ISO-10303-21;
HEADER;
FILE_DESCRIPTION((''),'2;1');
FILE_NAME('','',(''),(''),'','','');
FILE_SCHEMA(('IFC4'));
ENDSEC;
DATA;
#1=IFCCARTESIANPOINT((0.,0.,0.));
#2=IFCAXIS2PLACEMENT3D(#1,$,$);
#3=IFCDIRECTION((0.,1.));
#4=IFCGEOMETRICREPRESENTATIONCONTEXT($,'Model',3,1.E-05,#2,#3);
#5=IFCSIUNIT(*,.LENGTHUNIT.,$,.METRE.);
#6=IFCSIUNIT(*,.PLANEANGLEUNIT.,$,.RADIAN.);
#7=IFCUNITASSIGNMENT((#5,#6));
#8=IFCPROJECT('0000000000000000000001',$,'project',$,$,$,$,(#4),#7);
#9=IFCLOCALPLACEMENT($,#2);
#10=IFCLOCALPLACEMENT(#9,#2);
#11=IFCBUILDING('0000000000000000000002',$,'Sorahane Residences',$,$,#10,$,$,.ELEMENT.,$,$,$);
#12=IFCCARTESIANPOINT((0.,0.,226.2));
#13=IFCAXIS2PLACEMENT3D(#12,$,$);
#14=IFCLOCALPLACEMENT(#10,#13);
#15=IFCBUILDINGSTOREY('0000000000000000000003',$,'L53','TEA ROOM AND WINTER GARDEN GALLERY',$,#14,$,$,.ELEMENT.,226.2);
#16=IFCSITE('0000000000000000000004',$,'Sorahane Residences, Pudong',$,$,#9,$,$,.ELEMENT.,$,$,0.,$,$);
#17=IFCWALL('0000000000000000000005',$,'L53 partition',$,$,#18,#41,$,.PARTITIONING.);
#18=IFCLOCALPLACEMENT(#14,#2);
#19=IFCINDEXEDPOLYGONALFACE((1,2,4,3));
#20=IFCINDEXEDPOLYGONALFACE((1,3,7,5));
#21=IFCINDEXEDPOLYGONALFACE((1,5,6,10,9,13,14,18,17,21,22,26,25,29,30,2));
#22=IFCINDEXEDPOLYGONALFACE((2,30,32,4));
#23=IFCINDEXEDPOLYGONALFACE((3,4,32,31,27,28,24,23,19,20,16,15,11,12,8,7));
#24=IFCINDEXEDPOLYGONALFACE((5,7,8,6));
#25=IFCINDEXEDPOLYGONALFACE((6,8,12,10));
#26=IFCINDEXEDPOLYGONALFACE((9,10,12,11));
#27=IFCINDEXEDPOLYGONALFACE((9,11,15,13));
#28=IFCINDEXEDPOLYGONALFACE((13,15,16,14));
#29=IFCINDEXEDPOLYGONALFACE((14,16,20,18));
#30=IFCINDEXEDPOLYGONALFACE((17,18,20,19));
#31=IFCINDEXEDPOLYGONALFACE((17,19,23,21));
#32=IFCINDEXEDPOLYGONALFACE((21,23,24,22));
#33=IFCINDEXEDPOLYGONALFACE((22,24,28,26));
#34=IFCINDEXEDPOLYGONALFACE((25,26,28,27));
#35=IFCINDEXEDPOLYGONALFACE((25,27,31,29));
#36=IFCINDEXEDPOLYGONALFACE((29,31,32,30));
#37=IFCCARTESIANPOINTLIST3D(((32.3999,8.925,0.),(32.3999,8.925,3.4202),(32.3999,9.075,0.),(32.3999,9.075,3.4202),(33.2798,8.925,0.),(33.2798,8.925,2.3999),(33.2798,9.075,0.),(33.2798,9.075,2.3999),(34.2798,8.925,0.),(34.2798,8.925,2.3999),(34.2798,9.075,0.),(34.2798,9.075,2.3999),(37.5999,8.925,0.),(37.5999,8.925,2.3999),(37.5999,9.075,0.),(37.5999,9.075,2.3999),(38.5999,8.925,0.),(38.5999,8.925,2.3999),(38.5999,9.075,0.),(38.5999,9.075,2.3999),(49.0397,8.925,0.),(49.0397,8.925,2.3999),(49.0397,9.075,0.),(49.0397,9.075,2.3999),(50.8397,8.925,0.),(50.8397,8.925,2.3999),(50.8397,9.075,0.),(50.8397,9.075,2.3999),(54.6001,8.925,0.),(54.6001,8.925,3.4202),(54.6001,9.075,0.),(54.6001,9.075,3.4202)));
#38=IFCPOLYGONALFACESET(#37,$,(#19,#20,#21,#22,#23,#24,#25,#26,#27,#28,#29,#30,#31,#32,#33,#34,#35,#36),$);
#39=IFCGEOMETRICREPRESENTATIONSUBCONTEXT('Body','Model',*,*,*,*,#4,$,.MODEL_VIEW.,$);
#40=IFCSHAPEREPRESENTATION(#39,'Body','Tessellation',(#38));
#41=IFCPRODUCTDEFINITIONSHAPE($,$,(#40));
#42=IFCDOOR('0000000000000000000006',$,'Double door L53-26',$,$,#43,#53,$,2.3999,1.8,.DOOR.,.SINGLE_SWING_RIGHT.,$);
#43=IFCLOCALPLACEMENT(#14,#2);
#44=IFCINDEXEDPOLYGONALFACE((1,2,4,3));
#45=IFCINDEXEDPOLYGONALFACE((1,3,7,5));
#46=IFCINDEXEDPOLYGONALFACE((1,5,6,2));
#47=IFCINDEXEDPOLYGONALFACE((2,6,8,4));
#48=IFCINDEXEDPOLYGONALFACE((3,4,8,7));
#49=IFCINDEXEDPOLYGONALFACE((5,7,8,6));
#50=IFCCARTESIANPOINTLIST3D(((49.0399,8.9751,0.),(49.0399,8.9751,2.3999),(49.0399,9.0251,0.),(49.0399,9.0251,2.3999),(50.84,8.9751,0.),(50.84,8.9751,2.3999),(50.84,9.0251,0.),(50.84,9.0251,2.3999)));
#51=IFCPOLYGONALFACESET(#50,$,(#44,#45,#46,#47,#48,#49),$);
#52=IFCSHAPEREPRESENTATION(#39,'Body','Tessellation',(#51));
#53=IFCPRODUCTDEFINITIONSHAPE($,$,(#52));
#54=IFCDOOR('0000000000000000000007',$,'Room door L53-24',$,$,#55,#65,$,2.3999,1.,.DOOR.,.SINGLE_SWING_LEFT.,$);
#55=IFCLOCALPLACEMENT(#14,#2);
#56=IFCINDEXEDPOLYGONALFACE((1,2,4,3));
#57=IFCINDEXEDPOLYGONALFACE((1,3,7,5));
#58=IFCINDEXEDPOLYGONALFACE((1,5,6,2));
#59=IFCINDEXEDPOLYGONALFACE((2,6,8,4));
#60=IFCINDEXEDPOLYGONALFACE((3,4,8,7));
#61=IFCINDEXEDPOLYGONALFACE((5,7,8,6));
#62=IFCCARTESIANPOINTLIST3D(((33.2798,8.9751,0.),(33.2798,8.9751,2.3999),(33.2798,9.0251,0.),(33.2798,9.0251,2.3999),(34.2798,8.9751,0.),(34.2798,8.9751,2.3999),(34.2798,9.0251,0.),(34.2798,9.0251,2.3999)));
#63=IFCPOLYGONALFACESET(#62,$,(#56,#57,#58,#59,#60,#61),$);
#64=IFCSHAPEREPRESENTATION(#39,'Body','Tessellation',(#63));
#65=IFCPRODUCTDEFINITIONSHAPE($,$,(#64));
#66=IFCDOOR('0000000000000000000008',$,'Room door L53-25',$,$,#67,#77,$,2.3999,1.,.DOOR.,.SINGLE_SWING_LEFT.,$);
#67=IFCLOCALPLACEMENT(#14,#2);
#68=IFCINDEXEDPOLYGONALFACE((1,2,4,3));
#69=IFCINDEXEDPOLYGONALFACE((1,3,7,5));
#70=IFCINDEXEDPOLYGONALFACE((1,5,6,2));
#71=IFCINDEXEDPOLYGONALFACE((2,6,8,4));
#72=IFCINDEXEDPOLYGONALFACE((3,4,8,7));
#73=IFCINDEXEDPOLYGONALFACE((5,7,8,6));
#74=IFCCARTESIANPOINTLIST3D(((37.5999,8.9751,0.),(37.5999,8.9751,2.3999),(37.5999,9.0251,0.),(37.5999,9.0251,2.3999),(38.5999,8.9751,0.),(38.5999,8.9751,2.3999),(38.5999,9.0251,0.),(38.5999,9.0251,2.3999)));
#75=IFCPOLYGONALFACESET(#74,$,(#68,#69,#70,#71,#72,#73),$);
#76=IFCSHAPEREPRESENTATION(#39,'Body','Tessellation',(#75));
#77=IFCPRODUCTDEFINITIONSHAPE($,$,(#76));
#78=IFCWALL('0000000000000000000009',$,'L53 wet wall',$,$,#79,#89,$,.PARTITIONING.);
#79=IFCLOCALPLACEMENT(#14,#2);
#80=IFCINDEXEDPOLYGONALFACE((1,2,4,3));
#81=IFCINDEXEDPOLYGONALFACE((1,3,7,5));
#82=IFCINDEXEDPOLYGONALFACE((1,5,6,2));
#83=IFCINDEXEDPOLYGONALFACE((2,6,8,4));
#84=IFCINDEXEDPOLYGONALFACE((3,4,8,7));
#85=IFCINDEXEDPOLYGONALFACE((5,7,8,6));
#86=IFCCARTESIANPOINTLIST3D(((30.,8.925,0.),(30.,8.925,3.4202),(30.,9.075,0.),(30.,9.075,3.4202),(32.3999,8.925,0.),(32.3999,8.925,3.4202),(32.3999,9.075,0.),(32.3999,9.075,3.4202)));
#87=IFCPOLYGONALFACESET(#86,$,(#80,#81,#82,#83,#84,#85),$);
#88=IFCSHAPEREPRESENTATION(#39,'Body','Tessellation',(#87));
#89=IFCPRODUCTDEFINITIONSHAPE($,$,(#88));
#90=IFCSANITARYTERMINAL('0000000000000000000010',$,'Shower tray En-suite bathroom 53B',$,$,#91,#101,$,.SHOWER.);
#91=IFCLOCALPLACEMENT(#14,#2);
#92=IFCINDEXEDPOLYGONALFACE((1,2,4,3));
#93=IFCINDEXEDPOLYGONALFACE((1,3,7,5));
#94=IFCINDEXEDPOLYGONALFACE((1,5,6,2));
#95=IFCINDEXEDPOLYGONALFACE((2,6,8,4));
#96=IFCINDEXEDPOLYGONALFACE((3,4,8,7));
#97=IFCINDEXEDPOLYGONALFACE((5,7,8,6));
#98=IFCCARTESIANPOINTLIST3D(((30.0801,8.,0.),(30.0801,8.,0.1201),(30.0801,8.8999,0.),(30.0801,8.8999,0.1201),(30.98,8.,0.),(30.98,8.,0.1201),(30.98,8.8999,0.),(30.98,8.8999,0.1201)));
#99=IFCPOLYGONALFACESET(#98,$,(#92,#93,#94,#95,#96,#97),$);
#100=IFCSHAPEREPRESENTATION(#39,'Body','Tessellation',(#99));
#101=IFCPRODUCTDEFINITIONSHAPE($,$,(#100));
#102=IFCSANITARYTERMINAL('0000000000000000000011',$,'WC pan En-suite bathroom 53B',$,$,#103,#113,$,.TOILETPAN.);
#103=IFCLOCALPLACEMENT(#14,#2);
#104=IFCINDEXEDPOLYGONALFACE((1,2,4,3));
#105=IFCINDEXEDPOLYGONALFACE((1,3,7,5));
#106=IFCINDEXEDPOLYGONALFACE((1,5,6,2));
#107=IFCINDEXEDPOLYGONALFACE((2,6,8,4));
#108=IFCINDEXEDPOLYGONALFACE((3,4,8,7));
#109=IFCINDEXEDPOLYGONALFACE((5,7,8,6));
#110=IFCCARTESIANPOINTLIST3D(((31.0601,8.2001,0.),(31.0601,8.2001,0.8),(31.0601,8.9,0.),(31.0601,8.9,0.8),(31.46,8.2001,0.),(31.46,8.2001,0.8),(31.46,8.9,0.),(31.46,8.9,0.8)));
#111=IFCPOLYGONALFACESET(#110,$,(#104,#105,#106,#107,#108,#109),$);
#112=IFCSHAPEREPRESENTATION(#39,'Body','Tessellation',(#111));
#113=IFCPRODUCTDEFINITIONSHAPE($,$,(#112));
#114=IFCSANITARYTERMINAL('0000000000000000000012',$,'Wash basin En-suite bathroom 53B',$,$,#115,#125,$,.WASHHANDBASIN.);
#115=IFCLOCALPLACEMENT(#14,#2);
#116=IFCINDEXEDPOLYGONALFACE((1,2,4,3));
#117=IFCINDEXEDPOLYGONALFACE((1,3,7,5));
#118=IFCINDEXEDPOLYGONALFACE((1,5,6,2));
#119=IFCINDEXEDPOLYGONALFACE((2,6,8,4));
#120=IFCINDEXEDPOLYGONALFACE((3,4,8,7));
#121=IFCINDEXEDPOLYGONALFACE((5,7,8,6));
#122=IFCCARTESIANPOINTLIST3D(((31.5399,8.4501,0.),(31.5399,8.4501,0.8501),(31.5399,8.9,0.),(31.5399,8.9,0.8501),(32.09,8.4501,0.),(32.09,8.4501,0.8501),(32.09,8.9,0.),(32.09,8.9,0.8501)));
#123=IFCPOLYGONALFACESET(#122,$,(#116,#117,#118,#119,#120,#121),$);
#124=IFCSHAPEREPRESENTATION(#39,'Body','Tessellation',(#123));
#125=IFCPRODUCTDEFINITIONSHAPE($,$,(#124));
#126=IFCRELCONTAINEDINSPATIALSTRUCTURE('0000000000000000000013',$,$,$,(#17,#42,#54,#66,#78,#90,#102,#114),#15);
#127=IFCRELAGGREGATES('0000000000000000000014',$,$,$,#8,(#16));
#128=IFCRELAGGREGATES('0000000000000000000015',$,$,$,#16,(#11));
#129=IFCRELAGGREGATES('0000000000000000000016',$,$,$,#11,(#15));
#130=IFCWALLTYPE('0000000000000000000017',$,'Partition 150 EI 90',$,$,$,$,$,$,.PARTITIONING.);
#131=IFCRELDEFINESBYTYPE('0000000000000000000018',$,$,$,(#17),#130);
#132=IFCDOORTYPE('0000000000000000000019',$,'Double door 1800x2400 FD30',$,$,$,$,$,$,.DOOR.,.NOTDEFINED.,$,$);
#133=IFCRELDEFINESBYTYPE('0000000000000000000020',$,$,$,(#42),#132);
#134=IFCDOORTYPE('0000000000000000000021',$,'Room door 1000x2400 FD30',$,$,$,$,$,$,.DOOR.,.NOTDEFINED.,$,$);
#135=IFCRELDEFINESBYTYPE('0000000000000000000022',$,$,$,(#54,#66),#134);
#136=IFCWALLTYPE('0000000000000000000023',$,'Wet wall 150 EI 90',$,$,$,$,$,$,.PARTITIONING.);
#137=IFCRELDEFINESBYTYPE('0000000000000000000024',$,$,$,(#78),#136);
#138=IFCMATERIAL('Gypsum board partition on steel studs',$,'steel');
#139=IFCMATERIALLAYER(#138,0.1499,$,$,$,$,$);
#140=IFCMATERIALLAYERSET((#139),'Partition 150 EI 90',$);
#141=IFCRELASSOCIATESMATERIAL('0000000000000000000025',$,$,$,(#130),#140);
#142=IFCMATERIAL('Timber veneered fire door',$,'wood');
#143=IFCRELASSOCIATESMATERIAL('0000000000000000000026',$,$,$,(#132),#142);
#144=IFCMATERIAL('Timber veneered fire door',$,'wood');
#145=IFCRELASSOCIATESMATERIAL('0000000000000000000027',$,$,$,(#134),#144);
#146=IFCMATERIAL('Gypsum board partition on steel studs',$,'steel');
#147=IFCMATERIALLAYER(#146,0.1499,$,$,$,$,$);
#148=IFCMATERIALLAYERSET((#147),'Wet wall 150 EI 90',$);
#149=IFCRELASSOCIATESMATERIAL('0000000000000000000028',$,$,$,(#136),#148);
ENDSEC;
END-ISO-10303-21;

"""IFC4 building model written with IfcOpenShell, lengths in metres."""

from ifc_helpers import new_model, si_unit, direction, frame, frame_2d, origin, origin_2d, place, context, subcontext, project, spatial, rectangle, extrude, material, layer, layer_set, type_object, element, fill, save


model = new_model("IFC4")

# Units and contexts
model_context = context("Model", 3, precision=1e-05, world=origin(), true_north=direction((0.0, 1.0)))
body_context = subcontext(model_context, "Body", "Model", "MODEL_VIEW")
ifc_project = project(units=[si_unit("LENGTHUNIT", "METRE"), si_unit("PLANEANGLEUNIT", "RADIAN")], contexts=[model_context])

# Site, building, storey
site_placement = place(None, origin())
site = spatial("IfcSite", under=ifc_project, at=site_placement, Name="Sorahane Residences, Pudong", CompositionType="ELEMENT", RefElevation=0.0)
building_placement = place(site_placement, origin())
building = spatial("IfcBuilding", under=site, at=building_placement, Name="Sorahane Residences", CompositionType="ELEMENT")
storey_placement = place(building_placement, frame((0.0, 0.0, 226.2)))
storey = spatial("IfcBuildingStorey", under=building, at=storey_placement, Name="L53", Description="TEA ROOM AND WINTER GARDEN GALLERY", CompositionType="ELEMENT", Elevation=226.2)

# Shared definitions
ifc_material_1 = material(Name="Gypsum board partition on steel studs", Category="steel")
ifc_layer_1 = layer(ifc_material_1, 0.1499)
ifc_layer_set_1 = layer_set([ifc_layer_1], Name="Partition 150 EI 90")
wall_type_1 = type_object("IfcWallType", Name="Partition 150 EI 90", PredefinedType="PARTITIONING", material=ifc_layer_set_1)

# Wall, openings, doors
wall_1_placement = place(storey_placement, frame((32.3999, 9.0, 0.0), z_axis=(0.0, 0.0, 1.0), x_axis=(1.0, 0.0, 0.0)))
wall_1 = element("IfcWall", 1, at=wall_1_placement, inside=storey, type_object=wall_type_1, Name="L53 partition", PredefinedType="PARTITIONING", context=body_context, shape_type="SweptSolid", body=[
    extrude(rectangle(XDim=22.2002, YDim=0.1499, at=frame_2d((11.1001, 0.0))), origin(), (0.0, 0.0, 1.0), 3.4202),
])
opening_1_placement = place(wall_1_placement, frame((0.8799, 0.0, 0.0)))
opening_1 = element("IfcOpeningElement", 2, at=opening_1_placement, cuts=wall_1, PredefinedType="OPENING", context=body_context, shape_type="SweptSolid", body=[
    extrude(rectangle(XDim=1.0, YDim=2.3999, at=frame_2d((0.5, 1.2))), frame((0.0, 0.085, 0.0), z_axis=(0.0, -1.0, 0.0), x_axis=(1.0, 0.0, 0.0)), (0.0, 0.0, 1.0), 0.1699),
])
opening_2_placement = place(wall_1_placement, frame((5.2, 0.0, 0.0)))
opening_2 = element("IfcOpeningElement", 3, at=opening_2_placement, cuts=wall_1, PredefinedType="OPENING", context=body_context, shape_type="SweptSolid", body=[
    extrude(rectangle(XDim=1.0, YDim=2.3999, at=frame_2d((0.5, 1.2))), frame((0.0, 0.085, 0.0), z_axis=(0.0, -1.0, 0.0), x_axis=(1.0, 0.0, 0.0)), (0.0, 0.0, 1.0), 0.1699),
])
opening_3_placement = place(wall_1_placement, frame((16.6399, 0.0, 0.0)))
opening_3 = element("IfcOpeningElement", 4, at=opening_3_placement, cuts=wall_1, PredefinedType="OPENING", context=body_context, shape_type="SweptSolid", body=[
    extrude(rectangle(XDim=1.8, YDim=2.3999, at=frame_2d((0.8999, 1.2))), frame((0.0, 0.085, 0.0), z_axis=(0.0, -1.0, 0.0), x_axis=(1.0, 0.0, 0.0)), (0.0, 0.0, 1.0), 0.1699),
])
ifc_material_2 = material(Name="Timber veneered fire door", Category="wood")
door_type_1 = type_object("IfcDoorType", Name="Double door 1800x2400 FD30", OperationType="NOTDEFINED", PredefinedType="DOOR", material=ifc_material_2)
door_1_placement = place(opening_3_placement, frame((1.8, 0.0, 0.0), z_axis=(0.0, 0.0, 1.0), x_axis=(-1.0, 0.0, 0.0)))
door_1 = element("IfcDoor", 5, at=door_1_placement, inside=storey, type_object=door_type_1, Name="Double door L53-26", OperationType="SINGLE_SWING_RIGHT", OverallHeight=2.3999, OverallWidth=1.8, PredefinedType="DOOR", context=body_context, shape_type="SweptSolid", body=[
    extrude(rectangle(XDim=1.8, YDim=2.3999, at=frame_2d((0.8999, 1.2))), frame((0.0, 0.0249, 0.0), z_axis=(0.0, -1.0, 0.0), x_axis=(1.0, 0.0, 0.0)), (0.0, 0.0, 1.0), 0.05),
])
fill(opening_3, door_1)
ifc_material_3 = material(Name="Timber veneered fire door", Category="wood")
door_type_2 = type_object("IfcDoorType", Name="Room door 1000x2400 FD30", OperationType="NOTDEFINED", PredefinedType="DOOR", material=ifc_material_3)
door_2_placement = place(opening_1_placement, frame((1.0, 0.0, 0.0), z_axis=(0.0, 0.0, 1.0), x_axis=(-1.0, 0.0, 0.0)))
door_2 = element("IfcDoor", 6, at=door_2_placement, inside=storey, type_object=door_type_2, Name="Room door L53-24", OperationType="SINGLE_SWING_LEFT", OverallHeight=2.3999, OverallWidth=1.0, PredefinedType="DOOR", context=body_context, shape_type="SweptSolid", body=[
    extrude(rectangle(XDim=1.0, YDim=2.3999, at=frame_2d((0.5, 1.2))), frame((0.0, 0.0249, 0.0), z_axis=(0.0, -1.0, 0.0), x_axis=(1.0, 0.0, 0.0)), (0.0, 0.0, 1.0), 0.05),
])
fill(opening_1, door_2)
door_3_placement = place(opening_2_placement, frame((1.0, 0.0, 0.0), z_axis=(0.0, 0.0, 1.0), x_axis=(-1.0, 0.0, 0.0)))
door_3 = element("IfcDoor", 7, at=door_3_placement, inside=storey, type_object=door_type_2, Name="Room door L53-25", OperationType="SINGLE_SWING_LEFT", OverallHeight=2.3999, OverallWidth=1.0, PredefinedType="DOOR", context=body_context, shape_type="SweptSolid", body=[
    extrude(rectangle(XDim=1.0, YDim=2.3999, at=frame_2d((0.5, 1.2))), frame((0.0, 0.0249, 0.0), z_axis=(0.0, -1.0, 0.0), x_axis=(1.0, 0.0, 0.0)), (0.0, 0.0, 1.0), 0.05),
])
fill(opening_2, door_3)

# Wall
ifc_material_4 = material(Name="Gypsum board partition on steel studs", Category="steel")
ifc_layer_2 = layer(ifc_material_4, 0.1499)
ifc_layer_set_2 = layer_set([ifc_layer_2], Name="Wet wall 150 EI 90")
wall_type_2 = type_object("IfcWallType", Name="Wet wall 150 EI 90", PredefinedType="PARTITIONING", material=ifc_layer_set_2)
wall_2_placement = place(storey_placement, frame((30.0, 9.0, 0.0), z_axis=(0.0, 0.0, 1.0), x_axis=(1.0, 0.0, 0.0)))
element("IfcWall", 8, at=wall_2_placement, inside=storey, type_object=wall_type_2, Name="L53 wet wall", PredefinedType="PARTITIONING", context=body_context, shape_type="SweptSolid", body=[
    extrude(rectangle(XDim=2.3999, YDim=0.1499, at=frame_2d((1.2, 0.0))), origin(), (0.0, 0.0, 1.0), 3.4202),
])

# Sanitary terminals
sanitary_terminal_1_placement = place(storey_placement, frame((30.53, 8.45, 0.0), z_axis=(0.0, 0.0, 1.0), x_axis=(1.0, 0.0, 0.0)))
element("IfcSanitaryTerminal", 9, at=sanitary_terminal_1_placement, inside=storey, Name="Shower tray En-suite bathroom 53B", PredefinedType="SHOWER", context=body_context, shape_type="SweptSolid", body=[
    extrude(rectangle(XDim=0.8999, YDim=0.8999, at=origin_2d()), origin(), (0.0, 0.0, 1.0), 0.1201),
])
sanitary_terminal_2_placement = place(storey_placement, frame((31.26, 8.55, 0.0), z_axis=(0.0, 0.0, 1.0), x_axis=(1.0, 0.0, 0.0)))
element("IfcSanitaryTerminal", 10, at=sanitary_terminal_2_placement, inside=storey, Name="WC pan En-suite bathroom 53B", PredefinedType="TOILETPAN", context=body_context, shape_type="SweptSolid", body=[
    extrude(rectangle(XDim=0.3999, YDim=0.7, at=origin_2d()), origin(), (0.0, 0.0, 1.0), 0.8),
])
sanitary_terminal_3_placement = place(storey_placement, frame((31.8149, 8.675, 0.0), z_axis=(0.0, 0.0, 1.0), x_axis=(1.0, 0.0, 0.0)))
element("IfcSanitaryTerminal", 11, at=sanitary_terminal_3_placement, inside=storey, Name="Wash basin En-suite bathroom 53B", PredefinedType="WASHHANDBASIN", context=body_context, shape_type="SweptSolid", body=[
    extrude(rectangle(XDim=0.55, YDim=0.45, at=origin_2d()), origin(), (0.0, 0.0, 1.0), 0.8501),
])

save(model, "model.ifc")
